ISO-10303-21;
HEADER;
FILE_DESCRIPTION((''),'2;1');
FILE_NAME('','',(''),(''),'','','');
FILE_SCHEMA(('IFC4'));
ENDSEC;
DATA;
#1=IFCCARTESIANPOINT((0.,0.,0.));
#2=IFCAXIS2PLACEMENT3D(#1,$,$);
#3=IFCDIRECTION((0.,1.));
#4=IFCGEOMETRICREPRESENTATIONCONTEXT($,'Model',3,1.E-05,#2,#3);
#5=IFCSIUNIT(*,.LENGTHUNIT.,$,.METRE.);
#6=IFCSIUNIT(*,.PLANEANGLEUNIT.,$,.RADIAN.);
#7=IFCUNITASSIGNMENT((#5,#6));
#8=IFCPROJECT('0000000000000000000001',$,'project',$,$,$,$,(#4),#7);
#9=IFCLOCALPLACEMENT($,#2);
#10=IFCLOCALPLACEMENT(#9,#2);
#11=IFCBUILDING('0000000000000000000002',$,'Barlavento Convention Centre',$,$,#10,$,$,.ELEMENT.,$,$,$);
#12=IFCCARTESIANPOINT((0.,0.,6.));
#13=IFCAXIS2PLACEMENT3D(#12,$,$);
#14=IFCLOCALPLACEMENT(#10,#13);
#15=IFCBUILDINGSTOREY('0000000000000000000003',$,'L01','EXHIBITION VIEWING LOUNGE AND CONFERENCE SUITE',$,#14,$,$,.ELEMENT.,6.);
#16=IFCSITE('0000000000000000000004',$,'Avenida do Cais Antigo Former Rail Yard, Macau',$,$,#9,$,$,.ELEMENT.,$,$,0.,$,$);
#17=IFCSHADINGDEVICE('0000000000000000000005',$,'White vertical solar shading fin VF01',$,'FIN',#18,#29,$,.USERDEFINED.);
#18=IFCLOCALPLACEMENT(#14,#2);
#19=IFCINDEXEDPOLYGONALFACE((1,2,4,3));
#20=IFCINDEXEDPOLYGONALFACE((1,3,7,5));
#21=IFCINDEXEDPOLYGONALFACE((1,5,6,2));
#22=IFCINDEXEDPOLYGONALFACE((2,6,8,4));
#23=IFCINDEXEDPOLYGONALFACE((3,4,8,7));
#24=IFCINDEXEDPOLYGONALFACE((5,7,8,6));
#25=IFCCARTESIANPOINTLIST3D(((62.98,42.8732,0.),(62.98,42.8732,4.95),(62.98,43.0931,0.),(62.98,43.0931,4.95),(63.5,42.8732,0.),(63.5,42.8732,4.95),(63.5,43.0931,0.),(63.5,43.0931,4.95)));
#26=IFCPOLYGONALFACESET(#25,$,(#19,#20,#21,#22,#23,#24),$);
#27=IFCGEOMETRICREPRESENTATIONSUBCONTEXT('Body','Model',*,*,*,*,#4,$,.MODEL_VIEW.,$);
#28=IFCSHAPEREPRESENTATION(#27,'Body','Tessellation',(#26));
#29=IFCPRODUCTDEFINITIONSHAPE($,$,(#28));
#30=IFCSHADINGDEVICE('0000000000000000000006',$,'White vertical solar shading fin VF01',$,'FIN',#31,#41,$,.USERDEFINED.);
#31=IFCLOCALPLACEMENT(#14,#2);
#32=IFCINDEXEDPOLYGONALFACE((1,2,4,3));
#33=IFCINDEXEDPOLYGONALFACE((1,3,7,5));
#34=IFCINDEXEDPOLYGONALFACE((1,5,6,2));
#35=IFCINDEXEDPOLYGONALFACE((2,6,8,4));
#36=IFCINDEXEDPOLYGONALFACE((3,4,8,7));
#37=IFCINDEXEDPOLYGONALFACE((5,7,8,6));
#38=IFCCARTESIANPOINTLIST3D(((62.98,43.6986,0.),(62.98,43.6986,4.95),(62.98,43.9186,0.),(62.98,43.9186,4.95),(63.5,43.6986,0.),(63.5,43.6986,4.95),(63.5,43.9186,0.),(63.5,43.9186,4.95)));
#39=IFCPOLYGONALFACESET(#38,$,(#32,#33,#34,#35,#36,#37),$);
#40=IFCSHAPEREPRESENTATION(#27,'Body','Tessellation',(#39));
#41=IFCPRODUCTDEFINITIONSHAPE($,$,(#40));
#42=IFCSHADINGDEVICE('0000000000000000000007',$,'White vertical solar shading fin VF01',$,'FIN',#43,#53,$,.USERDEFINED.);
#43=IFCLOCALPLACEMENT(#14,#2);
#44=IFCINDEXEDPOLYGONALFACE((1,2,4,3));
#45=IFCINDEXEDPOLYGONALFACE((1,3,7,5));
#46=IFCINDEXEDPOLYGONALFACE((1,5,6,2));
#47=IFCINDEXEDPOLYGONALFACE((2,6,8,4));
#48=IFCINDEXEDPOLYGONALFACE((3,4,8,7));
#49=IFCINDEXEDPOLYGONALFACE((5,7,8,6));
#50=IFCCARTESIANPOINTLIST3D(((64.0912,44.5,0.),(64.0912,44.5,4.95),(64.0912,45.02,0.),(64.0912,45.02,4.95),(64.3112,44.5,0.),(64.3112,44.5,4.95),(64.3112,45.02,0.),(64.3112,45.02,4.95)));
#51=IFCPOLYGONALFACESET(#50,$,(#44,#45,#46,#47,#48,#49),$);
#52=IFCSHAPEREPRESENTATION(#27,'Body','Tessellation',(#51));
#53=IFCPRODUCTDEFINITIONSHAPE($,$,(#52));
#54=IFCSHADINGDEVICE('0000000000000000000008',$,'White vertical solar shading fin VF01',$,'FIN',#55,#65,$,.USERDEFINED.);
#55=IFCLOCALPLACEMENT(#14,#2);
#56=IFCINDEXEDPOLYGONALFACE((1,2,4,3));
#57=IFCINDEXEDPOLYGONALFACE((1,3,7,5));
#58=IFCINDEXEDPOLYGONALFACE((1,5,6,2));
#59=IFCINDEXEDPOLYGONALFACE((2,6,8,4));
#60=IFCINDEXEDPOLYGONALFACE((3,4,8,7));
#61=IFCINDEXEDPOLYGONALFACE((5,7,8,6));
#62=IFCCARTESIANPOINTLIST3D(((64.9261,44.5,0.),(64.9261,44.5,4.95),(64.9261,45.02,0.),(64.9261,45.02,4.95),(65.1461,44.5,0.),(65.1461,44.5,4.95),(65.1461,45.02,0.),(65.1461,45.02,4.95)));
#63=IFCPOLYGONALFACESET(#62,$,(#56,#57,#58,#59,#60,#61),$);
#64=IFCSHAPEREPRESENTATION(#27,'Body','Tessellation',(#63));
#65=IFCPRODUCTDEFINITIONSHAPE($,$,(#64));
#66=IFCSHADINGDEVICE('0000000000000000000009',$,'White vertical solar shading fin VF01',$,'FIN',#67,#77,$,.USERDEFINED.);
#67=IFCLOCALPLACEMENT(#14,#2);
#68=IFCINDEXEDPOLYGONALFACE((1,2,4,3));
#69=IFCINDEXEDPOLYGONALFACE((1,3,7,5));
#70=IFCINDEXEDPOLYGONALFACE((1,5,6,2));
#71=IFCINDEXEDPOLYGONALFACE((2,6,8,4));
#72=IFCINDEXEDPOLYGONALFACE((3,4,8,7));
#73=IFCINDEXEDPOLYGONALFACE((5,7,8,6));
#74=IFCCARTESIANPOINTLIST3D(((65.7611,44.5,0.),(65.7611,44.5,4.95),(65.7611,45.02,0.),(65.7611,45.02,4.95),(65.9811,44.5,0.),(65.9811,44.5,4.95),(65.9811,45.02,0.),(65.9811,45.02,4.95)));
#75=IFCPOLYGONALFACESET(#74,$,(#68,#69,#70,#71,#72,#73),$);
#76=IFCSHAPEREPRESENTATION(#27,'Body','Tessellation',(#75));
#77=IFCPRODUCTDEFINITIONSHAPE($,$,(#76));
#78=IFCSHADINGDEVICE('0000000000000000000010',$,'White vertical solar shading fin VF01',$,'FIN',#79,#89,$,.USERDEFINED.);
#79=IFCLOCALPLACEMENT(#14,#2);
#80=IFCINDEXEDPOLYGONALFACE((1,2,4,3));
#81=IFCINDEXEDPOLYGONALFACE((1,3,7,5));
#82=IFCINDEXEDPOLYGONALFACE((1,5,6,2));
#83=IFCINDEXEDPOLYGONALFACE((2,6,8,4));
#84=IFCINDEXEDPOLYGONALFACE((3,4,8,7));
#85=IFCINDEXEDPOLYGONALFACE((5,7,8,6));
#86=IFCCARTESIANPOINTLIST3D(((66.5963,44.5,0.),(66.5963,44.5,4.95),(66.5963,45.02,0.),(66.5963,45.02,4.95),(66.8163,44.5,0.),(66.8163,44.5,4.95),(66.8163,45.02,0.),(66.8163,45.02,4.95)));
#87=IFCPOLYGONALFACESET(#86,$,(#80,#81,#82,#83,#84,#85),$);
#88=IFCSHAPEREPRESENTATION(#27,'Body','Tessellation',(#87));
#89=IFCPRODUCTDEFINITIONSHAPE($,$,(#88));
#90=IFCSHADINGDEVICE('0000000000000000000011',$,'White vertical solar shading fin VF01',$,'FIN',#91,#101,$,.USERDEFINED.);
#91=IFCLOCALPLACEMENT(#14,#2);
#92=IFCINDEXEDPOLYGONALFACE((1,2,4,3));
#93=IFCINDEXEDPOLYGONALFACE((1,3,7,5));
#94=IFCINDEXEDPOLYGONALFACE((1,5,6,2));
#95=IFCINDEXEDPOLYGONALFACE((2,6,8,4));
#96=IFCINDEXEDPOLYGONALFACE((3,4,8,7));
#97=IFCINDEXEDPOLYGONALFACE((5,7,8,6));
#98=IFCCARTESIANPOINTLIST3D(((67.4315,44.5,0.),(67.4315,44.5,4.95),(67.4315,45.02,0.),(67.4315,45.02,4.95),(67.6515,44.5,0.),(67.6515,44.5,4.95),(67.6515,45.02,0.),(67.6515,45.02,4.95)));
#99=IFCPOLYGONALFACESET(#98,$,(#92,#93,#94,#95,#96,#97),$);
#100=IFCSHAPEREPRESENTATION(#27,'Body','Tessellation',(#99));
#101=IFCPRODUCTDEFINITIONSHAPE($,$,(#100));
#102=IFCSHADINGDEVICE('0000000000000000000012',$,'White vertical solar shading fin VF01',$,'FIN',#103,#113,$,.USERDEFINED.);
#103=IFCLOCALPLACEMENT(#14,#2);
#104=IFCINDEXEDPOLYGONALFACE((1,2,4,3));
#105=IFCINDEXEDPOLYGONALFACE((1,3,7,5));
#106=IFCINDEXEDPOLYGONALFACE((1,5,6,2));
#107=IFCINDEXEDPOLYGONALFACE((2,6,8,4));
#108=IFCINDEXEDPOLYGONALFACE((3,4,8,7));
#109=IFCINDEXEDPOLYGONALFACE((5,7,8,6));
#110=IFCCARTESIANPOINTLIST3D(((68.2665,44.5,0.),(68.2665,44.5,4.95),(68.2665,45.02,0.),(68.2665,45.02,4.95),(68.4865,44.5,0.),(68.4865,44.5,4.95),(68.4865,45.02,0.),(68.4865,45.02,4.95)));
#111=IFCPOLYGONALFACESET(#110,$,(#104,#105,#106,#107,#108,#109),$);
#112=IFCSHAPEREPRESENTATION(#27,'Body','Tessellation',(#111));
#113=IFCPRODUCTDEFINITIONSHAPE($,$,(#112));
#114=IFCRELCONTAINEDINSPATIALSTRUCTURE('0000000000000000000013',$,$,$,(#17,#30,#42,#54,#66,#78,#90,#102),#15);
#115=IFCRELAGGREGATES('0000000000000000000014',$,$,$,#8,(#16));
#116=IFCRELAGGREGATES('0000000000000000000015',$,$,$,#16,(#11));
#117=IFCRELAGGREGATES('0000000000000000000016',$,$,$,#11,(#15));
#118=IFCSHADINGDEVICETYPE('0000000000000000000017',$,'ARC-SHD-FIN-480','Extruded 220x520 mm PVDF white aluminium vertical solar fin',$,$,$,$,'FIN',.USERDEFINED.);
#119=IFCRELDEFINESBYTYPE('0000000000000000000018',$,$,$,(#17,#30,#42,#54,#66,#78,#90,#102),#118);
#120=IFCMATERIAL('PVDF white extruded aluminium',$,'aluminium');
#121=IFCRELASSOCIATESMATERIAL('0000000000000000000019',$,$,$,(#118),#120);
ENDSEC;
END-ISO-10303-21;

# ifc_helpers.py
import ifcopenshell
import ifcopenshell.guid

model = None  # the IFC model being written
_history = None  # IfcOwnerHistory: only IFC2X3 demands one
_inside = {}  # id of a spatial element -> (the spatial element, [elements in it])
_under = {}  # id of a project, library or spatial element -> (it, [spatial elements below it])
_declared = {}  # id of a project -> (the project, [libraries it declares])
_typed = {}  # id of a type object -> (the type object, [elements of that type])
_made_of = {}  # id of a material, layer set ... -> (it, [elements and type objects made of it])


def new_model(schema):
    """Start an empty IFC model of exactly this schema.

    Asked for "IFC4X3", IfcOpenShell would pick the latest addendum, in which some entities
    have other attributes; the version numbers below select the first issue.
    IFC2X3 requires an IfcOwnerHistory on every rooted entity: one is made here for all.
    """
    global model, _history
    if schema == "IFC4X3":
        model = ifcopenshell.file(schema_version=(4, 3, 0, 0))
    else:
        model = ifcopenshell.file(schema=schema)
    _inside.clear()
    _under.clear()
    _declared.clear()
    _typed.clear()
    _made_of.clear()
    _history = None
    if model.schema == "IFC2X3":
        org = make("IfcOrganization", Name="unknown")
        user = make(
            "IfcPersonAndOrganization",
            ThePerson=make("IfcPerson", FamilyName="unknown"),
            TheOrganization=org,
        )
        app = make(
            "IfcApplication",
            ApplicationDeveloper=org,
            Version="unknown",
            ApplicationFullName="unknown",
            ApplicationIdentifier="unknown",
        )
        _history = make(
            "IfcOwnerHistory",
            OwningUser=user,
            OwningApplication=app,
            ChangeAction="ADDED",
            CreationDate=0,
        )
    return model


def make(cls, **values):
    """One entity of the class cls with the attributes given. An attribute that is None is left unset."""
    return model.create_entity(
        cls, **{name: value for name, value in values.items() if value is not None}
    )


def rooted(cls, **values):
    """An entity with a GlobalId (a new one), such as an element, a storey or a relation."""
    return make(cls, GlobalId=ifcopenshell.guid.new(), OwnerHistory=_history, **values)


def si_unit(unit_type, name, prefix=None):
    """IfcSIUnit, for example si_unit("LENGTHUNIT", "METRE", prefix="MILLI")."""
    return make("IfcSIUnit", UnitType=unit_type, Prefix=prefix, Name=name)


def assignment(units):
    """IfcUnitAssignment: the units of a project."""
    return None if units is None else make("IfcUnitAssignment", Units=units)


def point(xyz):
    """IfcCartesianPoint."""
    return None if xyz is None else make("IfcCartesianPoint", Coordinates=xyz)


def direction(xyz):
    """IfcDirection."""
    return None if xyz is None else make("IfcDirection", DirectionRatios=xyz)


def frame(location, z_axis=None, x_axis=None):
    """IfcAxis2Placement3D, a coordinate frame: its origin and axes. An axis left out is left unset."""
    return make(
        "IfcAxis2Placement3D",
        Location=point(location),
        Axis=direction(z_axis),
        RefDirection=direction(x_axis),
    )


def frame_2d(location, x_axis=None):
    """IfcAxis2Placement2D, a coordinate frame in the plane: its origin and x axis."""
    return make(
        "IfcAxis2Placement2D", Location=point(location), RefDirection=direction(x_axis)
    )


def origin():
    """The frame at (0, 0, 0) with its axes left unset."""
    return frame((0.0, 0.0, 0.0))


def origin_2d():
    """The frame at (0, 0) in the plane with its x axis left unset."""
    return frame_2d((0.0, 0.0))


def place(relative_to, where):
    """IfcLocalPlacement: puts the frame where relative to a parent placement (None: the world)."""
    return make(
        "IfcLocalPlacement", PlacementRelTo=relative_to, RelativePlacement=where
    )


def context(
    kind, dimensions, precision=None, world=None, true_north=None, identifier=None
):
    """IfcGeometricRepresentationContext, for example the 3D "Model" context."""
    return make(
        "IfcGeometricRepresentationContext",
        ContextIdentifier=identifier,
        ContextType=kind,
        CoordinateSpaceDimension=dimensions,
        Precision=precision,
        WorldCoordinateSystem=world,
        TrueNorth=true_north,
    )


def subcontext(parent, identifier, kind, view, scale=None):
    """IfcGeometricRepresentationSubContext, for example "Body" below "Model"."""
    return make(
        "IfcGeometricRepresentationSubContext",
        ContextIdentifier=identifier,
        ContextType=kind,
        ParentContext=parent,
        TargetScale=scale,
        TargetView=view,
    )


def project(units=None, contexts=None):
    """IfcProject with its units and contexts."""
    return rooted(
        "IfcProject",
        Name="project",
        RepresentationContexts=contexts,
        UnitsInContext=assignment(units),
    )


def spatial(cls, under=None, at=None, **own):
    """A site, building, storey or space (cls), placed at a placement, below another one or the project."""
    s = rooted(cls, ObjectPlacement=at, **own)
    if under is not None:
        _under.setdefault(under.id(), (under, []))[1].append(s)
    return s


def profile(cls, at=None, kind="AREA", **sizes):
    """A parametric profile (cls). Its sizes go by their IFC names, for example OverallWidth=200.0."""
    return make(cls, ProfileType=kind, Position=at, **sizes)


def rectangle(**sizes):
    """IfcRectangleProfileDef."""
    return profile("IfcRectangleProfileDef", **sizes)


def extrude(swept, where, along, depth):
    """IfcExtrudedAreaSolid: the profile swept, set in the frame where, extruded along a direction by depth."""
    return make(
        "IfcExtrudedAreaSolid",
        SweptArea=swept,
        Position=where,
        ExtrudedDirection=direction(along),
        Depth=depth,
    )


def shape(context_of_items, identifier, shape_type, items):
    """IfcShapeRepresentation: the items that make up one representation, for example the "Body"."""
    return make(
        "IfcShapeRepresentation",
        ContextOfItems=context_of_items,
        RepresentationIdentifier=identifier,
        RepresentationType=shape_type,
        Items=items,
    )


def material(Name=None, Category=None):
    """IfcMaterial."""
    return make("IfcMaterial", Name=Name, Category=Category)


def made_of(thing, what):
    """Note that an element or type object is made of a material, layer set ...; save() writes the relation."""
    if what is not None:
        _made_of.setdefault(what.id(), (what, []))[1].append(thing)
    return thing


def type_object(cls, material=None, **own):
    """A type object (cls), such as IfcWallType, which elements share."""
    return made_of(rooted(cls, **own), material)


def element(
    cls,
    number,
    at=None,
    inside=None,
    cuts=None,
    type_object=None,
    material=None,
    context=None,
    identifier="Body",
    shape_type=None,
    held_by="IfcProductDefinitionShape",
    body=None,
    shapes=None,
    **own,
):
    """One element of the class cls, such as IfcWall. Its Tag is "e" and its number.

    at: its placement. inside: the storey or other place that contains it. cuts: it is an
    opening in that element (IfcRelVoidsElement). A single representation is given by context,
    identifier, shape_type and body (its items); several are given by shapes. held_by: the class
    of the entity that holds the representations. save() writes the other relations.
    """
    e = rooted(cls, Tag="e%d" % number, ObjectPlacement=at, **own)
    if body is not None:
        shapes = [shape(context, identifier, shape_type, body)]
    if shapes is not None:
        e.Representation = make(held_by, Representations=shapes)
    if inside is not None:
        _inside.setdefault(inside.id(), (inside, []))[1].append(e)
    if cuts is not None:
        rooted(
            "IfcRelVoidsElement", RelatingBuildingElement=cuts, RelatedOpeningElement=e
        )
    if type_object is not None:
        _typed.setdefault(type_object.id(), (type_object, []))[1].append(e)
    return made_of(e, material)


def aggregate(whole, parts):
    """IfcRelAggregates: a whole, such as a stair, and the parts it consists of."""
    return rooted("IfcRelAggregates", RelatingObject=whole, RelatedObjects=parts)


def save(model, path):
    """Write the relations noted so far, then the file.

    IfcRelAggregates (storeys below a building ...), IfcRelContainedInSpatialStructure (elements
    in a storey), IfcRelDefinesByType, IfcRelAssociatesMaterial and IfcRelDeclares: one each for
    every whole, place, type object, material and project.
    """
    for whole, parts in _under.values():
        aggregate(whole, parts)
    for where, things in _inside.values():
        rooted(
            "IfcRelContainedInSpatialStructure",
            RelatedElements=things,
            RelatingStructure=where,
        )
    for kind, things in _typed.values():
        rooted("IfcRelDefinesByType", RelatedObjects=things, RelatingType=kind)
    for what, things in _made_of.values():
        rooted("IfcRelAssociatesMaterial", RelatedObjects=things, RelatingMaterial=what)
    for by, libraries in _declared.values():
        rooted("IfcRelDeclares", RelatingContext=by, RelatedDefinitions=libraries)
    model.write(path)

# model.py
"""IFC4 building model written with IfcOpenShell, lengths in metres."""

from ifc_helpers import new_model, si_unit, direction, frame, origin, origin_2d, place, context, subcontext, project, spatial, rectangle, extrude, material, type_object, element, save


model = new_model("IFC4")

# Units and contexts
model_context = context("Model", 3, precision=1e-05, world=origin(), true_north=direction((0.0, 1.0)))
body_context = subcontext(model_context, "Body", "Model", "MODEL_VIEW")
ifc_project = project(units=[si_unit("LENGTHUNIT", "METRE"), si_unit("PLANEANGLEUNIT", "RADIAN")], contexts=[model_context])

# Site, building, storey
site_placement = place(None, origin())
site = spatial("IfcSite", under=ifc_project, at=site_placement, Name="Avenida do Cais Antigo Former Rail Yard, Macau", CompositionType="ELEMENT", RefElevation=0.0)
building_placement = place(site_placement, origin())
building = spatial("IfcBuilding", under=site, at=building_placement, Name="Barlavento Convention Centre", CompositionType="ELEMENT")
storey_placement = place(building_placement, frame((0.0, 0.0, 6.0)))
storey = spatial("IfcBuildingStorey", under=building, at=storey_placement, Name="L01", Description="EXHIBITION VIEWING LOUNGE AND CONFERENCE SUITE", CompositionType="ELEMENT", Elevation=6.0)

# Shading devices
ifc_material_1 = material(Name="PVDF white extruded aluminium", Category="aluminium")
shading_device_type = type_object("IfcShadingDeviceType", Name="ARC-SHD-FIN-480", Description="Extruded 220x520 mm PVDF white aluminium vertical solar fin", ElementType="FIN", PredefinedType="USERDEFINED", material=ifc_material_1)
for number, where, z_axis, x_axis, name in (
    (1, (63.24, 42.9832, 0.0), (0.0, 0.0, 1.0), (0.0, 1.0, 0.0), "White vertical solar shading fin VF01"),
    (2, (63.24, 43.8086, 0.0), (0.0, 0.0, 1.0), (0.0, 1.0, 0.0), "White vertical solar shading fin VF01"),
    (3, (64.2012, 44.76, 0.0), (0.0, 0.0, 1.0), (1.0, 0.0, 0.0), "White vertical solar shading fin VF01"),
    (4, (65.0361, 44.76, 0.0), (0.0, 0.0, 1.0), (1.0, 0.0, 0.0), "White vertical solar shading fin VF01"),
    (5, (65.8711, 44.76, 0.0), (0.0, 0.0, 1.0), (1.0, 0.0, 0.0), "White vertical solar shading fin VF01"),
    (6, (66.7063, 44.76, 0.0), (0.0, 0.0, 1.0), (1.0, 0.0, 0.0), "White vertical solar shading fin VF01"),
    (7, (67.5415, 44.76, 0.0), (0.0, 0.0, 1.0), (1.0, 0.0, 0.0), "White vertical solar shading fin VF01"),
    (8, (68.3765, 44.76, 0.0), (0.0, 0.0, 1.0), (1.0, 0.0, 0.0), "White vertical solar shading fin VF01"),
):
    element("IfcShadingDevice", number, at=place(storey_placement, frame(where, z_axis=z_axis, x_axis=x_axis)), inside=storey, type_object=shading_device_type, Name=name, ObjectType="FIN", PredefinedType="USERDEFINED", context=body_context, shape_type="SweptSolid", body=[
        extrude(rectangle(XDim=0.22, YDim=0.52, at=origin_2d()), origin(), (0.0, 0.0, 1.0), 4.95),
    ])

save(model, "model.ifc")
